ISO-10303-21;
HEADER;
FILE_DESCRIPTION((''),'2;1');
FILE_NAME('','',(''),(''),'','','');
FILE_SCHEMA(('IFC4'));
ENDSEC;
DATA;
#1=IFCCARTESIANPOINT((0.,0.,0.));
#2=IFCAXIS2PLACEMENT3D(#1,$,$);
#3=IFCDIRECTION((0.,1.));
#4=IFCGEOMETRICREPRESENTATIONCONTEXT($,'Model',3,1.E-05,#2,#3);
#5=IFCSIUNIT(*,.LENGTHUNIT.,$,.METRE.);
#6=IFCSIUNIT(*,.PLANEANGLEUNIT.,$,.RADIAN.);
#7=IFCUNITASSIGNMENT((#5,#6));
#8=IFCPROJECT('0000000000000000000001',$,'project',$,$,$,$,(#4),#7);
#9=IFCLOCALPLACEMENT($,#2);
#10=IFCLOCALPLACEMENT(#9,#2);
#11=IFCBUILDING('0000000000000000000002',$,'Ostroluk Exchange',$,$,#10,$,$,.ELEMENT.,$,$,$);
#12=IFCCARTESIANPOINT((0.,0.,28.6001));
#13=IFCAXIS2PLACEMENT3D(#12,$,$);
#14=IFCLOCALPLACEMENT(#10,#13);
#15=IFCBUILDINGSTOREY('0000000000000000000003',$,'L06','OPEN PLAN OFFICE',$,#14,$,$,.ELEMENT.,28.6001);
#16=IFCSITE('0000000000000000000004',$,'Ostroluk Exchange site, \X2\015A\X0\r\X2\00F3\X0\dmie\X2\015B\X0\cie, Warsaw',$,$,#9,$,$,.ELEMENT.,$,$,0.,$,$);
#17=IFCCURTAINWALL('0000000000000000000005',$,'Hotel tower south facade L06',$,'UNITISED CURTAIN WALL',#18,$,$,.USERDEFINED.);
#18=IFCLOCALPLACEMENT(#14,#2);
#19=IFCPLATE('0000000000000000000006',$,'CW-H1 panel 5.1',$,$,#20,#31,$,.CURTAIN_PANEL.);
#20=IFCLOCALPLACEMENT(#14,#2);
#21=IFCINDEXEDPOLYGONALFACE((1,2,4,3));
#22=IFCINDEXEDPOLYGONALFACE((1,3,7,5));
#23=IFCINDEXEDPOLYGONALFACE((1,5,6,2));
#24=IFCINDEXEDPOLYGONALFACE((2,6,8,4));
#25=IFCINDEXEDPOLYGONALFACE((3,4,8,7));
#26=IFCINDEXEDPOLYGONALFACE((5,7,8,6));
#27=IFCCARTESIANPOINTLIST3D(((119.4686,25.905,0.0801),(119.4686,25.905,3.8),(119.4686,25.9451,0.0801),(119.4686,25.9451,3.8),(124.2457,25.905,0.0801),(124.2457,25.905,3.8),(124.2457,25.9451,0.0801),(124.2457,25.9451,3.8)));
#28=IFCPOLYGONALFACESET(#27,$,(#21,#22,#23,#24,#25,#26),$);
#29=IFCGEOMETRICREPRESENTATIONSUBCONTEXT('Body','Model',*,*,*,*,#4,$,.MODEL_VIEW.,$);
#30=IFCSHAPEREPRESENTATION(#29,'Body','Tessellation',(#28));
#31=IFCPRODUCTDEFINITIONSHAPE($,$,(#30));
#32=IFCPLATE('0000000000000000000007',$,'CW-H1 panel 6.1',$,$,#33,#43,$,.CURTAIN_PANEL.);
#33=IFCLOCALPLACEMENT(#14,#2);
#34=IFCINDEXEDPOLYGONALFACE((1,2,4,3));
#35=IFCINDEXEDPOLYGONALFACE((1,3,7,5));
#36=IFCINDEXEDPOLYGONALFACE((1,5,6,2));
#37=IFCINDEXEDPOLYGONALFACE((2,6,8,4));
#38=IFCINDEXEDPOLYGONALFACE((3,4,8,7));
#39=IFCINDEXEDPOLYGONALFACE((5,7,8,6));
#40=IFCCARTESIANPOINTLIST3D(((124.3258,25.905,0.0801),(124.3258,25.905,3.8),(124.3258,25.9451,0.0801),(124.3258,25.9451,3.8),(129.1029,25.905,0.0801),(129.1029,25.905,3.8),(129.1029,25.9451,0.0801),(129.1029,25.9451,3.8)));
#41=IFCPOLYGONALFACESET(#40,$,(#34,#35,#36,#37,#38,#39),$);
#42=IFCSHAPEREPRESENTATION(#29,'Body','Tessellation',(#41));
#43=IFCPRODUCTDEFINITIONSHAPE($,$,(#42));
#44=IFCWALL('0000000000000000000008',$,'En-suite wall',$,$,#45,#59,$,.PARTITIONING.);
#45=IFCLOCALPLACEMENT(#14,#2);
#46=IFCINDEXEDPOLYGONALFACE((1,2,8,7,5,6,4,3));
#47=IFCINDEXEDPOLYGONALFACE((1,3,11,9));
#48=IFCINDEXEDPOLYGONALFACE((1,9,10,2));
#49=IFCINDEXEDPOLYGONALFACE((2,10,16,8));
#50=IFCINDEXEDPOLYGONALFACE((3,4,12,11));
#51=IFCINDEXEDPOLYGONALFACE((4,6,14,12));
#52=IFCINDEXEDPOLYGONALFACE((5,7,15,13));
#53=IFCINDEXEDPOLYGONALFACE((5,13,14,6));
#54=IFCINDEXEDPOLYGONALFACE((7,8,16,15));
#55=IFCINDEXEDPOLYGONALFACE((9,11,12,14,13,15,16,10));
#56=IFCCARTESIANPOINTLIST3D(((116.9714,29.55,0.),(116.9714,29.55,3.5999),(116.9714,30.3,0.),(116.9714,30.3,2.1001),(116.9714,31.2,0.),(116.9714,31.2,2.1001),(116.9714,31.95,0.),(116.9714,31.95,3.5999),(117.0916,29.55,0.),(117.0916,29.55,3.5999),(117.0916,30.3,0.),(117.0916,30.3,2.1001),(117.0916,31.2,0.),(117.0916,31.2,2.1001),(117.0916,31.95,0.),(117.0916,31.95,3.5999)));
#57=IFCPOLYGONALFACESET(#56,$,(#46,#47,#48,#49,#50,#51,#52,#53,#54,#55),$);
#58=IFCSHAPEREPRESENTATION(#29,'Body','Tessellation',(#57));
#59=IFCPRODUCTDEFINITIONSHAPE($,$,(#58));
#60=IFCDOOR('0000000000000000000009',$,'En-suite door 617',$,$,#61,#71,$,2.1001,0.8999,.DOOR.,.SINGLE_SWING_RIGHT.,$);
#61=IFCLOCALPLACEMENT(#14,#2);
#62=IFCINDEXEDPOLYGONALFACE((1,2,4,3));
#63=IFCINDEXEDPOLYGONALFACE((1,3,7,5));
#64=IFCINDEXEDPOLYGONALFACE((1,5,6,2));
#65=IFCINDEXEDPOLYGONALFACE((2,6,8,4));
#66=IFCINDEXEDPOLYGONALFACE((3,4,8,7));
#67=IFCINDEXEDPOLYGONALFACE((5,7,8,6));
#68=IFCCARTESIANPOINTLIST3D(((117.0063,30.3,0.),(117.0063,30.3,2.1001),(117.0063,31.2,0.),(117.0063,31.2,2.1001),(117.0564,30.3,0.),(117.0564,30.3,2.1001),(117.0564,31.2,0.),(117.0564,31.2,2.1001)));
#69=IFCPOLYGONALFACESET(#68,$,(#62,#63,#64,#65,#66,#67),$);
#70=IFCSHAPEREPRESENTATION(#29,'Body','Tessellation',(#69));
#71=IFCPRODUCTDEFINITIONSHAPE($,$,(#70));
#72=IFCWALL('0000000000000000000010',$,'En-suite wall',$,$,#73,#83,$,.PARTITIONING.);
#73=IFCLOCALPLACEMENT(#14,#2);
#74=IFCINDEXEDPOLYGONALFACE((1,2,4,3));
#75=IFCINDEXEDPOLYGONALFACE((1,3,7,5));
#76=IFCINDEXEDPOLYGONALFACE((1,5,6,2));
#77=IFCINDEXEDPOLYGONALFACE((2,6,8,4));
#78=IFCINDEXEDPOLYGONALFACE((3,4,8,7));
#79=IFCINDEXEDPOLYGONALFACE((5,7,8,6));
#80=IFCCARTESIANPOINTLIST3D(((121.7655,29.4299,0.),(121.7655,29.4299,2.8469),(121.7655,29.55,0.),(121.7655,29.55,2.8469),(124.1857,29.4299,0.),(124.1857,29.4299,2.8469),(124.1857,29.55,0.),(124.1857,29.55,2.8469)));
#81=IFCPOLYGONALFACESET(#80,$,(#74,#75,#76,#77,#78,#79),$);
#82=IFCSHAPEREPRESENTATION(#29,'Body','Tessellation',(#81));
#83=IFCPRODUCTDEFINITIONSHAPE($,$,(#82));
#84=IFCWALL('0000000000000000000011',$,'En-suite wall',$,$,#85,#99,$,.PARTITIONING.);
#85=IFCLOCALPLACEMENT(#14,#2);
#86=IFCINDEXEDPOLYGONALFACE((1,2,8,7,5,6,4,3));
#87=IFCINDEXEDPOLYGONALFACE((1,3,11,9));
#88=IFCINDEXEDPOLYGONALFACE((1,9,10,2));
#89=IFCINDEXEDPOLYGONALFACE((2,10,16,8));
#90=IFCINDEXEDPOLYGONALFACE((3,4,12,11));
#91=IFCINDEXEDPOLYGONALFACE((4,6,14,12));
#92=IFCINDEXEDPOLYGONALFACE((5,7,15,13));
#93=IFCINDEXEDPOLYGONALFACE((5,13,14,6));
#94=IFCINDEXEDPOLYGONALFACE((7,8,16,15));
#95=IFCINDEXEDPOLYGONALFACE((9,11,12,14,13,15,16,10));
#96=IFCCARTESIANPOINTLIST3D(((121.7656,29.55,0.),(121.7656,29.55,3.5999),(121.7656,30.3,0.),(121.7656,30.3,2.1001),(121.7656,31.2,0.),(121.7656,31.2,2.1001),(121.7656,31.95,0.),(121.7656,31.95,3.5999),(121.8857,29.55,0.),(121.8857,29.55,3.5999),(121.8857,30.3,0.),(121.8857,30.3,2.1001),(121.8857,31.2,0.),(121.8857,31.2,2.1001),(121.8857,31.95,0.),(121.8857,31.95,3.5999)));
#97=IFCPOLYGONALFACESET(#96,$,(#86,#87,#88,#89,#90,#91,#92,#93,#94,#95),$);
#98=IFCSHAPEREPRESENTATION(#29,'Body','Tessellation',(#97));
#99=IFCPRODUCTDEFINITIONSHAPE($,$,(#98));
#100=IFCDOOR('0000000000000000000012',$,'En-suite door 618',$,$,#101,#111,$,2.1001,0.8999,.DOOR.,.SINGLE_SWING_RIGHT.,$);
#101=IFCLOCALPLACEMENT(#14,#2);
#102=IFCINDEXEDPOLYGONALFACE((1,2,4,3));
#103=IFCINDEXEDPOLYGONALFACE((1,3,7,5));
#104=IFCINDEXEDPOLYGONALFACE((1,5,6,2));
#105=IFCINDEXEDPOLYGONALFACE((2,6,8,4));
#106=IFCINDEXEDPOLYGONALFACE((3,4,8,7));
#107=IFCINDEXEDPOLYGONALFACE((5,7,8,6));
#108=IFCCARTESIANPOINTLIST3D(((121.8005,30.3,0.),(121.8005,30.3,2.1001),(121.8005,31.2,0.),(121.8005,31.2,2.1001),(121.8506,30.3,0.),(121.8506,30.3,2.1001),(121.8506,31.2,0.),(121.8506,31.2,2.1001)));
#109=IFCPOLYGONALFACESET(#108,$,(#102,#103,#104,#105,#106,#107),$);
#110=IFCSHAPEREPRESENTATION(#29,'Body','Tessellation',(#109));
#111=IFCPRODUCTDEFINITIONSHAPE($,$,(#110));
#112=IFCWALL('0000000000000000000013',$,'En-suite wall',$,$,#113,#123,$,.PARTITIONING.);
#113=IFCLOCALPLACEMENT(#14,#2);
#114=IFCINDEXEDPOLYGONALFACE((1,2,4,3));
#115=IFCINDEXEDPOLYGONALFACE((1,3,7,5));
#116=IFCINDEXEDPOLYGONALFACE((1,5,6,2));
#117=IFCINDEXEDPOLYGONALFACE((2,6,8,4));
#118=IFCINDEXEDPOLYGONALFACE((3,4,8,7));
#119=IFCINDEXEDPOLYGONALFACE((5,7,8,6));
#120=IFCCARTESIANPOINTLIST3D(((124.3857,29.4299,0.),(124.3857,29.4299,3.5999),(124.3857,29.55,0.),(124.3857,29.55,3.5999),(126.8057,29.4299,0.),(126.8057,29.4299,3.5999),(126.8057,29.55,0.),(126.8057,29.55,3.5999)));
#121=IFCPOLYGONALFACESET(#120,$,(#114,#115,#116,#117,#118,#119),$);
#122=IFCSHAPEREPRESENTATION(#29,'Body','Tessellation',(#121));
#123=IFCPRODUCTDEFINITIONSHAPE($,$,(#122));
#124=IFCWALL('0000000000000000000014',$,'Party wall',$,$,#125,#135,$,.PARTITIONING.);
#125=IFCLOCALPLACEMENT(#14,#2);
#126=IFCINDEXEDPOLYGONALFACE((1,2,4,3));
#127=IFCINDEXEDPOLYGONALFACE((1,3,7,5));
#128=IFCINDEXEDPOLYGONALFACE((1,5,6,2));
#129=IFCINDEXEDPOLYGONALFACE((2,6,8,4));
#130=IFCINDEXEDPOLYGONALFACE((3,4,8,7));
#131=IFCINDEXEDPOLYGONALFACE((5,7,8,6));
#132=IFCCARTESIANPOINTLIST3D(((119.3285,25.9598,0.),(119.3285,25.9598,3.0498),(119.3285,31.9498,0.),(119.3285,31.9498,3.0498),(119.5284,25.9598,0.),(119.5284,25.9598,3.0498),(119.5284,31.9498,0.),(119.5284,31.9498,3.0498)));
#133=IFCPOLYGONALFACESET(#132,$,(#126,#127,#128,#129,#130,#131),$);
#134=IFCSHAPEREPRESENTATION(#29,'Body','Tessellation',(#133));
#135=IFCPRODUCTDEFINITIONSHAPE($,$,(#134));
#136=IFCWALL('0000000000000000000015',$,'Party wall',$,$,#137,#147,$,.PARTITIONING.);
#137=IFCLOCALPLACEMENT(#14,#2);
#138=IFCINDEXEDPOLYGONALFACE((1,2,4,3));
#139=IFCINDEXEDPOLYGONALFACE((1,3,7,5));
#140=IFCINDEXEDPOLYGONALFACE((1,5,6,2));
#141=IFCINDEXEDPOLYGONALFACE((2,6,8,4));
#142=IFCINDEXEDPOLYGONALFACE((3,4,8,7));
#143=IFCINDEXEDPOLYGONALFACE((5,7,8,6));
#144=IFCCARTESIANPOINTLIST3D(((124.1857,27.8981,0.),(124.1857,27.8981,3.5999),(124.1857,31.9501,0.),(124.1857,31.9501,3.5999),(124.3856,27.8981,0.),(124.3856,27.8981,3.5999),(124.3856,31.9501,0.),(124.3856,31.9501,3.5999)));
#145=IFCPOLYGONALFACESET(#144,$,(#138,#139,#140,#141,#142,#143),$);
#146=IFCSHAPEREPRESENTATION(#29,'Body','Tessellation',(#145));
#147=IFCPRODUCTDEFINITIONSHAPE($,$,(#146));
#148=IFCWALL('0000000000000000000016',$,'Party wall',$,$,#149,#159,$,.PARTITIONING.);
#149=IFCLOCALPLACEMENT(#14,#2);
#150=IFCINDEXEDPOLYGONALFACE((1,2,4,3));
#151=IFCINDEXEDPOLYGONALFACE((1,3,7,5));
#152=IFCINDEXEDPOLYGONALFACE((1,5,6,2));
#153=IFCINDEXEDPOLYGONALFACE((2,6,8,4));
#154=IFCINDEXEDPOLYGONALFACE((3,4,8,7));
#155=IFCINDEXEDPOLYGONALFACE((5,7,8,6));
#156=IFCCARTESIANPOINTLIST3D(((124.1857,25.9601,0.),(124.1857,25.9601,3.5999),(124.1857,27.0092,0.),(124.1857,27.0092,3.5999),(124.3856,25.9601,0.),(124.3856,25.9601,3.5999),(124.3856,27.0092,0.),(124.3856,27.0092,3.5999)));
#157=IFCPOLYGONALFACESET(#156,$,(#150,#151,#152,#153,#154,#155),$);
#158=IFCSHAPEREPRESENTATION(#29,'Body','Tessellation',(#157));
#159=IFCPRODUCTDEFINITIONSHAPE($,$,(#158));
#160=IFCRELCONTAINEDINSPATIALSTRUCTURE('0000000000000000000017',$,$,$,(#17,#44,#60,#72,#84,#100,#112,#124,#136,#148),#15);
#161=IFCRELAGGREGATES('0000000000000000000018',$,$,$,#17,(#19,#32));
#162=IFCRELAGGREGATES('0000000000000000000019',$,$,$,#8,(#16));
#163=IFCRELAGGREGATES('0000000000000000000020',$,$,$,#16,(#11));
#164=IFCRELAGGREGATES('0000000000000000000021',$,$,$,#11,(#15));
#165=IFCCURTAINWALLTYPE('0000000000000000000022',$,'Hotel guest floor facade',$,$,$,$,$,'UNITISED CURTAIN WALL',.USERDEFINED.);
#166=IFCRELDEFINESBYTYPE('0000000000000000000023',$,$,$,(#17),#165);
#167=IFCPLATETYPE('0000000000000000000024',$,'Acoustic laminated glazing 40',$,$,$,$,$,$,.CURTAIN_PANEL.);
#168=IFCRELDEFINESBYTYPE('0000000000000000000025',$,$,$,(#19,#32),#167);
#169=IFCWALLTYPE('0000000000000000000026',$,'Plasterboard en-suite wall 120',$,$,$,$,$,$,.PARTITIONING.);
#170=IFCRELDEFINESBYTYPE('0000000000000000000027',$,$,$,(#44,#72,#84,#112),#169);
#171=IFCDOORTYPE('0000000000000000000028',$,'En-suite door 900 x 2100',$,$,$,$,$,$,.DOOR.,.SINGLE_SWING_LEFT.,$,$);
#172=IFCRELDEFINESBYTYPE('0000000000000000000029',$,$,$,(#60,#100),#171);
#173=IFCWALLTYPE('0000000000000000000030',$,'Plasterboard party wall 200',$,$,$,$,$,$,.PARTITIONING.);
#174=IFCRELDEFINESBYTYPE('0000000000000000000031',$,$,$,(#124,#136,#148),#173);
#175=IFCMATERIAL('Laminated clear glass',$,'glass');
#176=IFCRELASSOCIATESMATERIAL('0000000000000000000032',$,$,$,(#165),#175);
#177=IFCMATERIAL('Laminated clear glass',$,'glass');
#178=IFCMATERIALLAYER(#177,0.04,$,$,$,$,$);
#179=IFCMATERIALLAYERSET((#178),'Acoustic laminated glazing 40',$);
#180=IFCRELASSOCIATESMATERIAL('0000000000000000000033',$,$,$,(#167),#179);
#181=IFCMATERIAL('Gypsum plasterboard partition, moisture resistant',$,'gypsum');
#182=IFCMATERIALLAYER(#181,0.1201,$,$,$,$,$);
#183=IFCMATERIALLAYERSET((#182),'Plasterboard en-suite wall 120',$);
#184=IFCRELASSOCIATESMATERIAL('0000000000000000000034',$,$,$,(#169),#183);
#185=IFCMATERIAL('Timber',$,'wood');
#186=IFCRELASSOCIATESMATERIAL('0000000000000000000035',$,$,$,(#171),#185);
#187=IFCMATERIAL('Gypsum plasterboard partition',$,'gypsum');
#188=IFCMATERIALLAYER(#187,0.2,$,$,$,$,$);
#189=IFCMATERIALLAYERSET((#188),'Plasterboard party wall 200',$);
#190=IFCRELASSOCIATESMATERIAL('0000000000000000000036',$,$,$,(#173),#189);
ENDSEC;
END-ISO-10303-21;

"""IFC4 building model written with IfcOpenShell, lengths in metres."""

from ifc_helpers import new_model, si_unit, direction, frame, frame_2d, origin, origin_2d, place, context, subcontext, project, spatial, rectangle, extrude, material, layer, layer_set, type_object, element, fill, aggregate, save


model = new_model("IFC4")

# Units and contexts
model_context = context("Model", 3, precision=1e-05, world=origin(), true_north=direction((0.0, 1.0)))
body_context = subcontext(model_context, "Body", "Model", "MODEL_VIEW")
ifc_project = project(units=[si_unit("LENGTHUNIT", "METRE"), si_unit("PLANEANGLEUNIT", "RADIAN")], contexts=[model_context])

# Site, building, storey
site_placement = place(None, origin())
site = spatial("IfcSite", under=ifc_project, at=site_placement, Name="Ostroluk Exchange site, Śródmieście, Warsaw", CompositionType="ELEMENT", RefElevation=0.0)
building_placement = place(site_placement, origin())
building = spatial("IfcBuilding", under=site, at=building_placement, Name="Ostroluk Exchange", CompositionType="ELEMENT")
storey_placement = place(building_placement, frame((0.0, 0.0, 28.6001)))
storey = spatial("IfcBuildingStorey", under=building, at=storey_placement, Name="L06", Description="OPEN PLAN OFFICE", CompositionType="ELEMENT", Elevation=28.6001)

# Curtain wall, plates
ifc_material_1 = material(Name="Laminated clear glass", Category="glass")
curtain_wall_type = type_object("IfcCurtainWallType", Name="Hotel guest floor facade", ElementType="UNITISED CURTAIN WALL", PredefinedType="USERDEFINED", material=ifc_material_1)
curtain_wall_placement = place(storey_placement, origin())
curtain_wall = element("IfcCurtainWall", 1, at=curtain_wall_placement, inside=storey, type_object=curtain_wall_type, Name="Hotel tower south facade L06", ObjectType="UNITISED CURTAIN WALL", PredefinedType="USERDEFINED")
ifc_material_2 = material(Name="Laminated clear glass", Category="glass")
ifc_layer_1 = layer(ifc_material_2, 0.04)
ifc_layer_set_1 = layer_set([ifc_layer_1], Name="Acoustic laminated glazing 40")
plate_type = type_object("IfcPlateType", Name="Acoustic laminated glazing 40", PredefinedType="CURTAIN_PANEL", material=ifc_layer_set_1)
plate_1_placement = place(storey_placement, frame((121.8572, 25.925, 0.0801), z_axis=(0.0, 0.0, 1.0), x_axis=(1.0, 0.0, 0.0)))
plate_1 = element("IfcPlate", 2, at=plate_1_placement, type_object=plate_type, Name="CW-H1 panel 5.1", PredefinedType="CURTAIN_PANEL", context=body_context, shape_type="SweptSolid", body=[
    extrude(rectangle(XDim=4.7771, YDim=0.04, at=origin_2d()), origin(), (0.0, 0.0, 1.0), 3.72),
])
plate_2_placement = place(storey_placement, frame((126.7144, 25.925, 0.0801), z_axis=(0.0, 0.0, 1.0), x_axis=(1.0, 0.0, 0.0)))
plate_2 = element("IfcPlate", 3, at=plate_2_placement, type_object=plate_type, Name="CW-H1 panel 6.1", PredefinedType="CURTAIN_PANEL", context=body_context, shape_type="SweptSolid", body=[
    extrude(rectangle(XDim=4.7771, YDim=0.04, at=origin_2d()), origin(), (0.0, 0.0, 1.0), 3.72),
])
aggregate(curtain_wall, [plate_1, plate_2])

# Wall, opening, door
ifc_material_3 = material(Name="Gypsum plasterboard partition, moisture resistant", Category="gypsum")
ifc_layer_2 = layer(ifc_material_3, 0.1201)
ifc_layer_set_2 = layer_set([ifc_layer_2], Name="Plasterboard en-suite wall 120")
wall_type_1 = type_object("IfcWallType", Name="Plasterboard en-suite wall 120", PredefinedType="PARTITIONING", material=ifc_layer_set_2)
wall_1_placement = place(storey_placement, frame((117.0315, 31.95, 0.0), z_axis=(0.0, 0.0, 1.0), x_axis=(0.0, -1.0, 0.0)))
wall_1 = element("IfcWall", 4, at=wall_1_placement, inside=storey, type_object=wall_type_1, Name="En-suite wall", PredefinedType="PARTITIONING", context=body_context, shape_type="SweptSolid", body=[
    extrude(rectangle(XDim=2.3999, YDim=0.1201, at=frame_2d((1.2, 0.0))), origin(), (0.0, 0.0, 1.0), 3.5999),
])
opening_1_placement = place(wall_1_placement, frame((0.75, 0.0, 0.0)))
opening_1 = element("IfcOpeningElement", 5, at=opening_1_placement, cuts=wall_1, PredefinedType="OPENING", context=body_context, shape_type="SweptSolid", body=[
    extrude(rectangle(XDim=0.8999, YDim=2.1001, at=frame_2d((0.45, 1.05))), frame((0.0, 0.0701, 0.0), z_axis=(0.0, -1.0, 0.0), x_axis=(1.0, 0.0, 0.0)), (0.0, 0.0, 1.0), 0.1401),
])
ifc_material_4 = material(Name="Timber", Category="wood")
door_type = type_object("IfcDoorType", Name="En-suite door 900 x 2100", OperationType="SINGLE_SWING_LEFT", PredefinedType="DOOR", material=ifc_material_4)
door_1_placement = place(opening_1_placement, origin())
door_1 = element("IfcDoor", 6, at=door_1_placement, inside=storey, type_object=door_type, Name="En-suite door 617", OperationType="SINGLE_SWING_RIGHT", OverallHeight=2.1001, OverallWidth=0.8999, PredefinedType="DOOR", context=body_context, shape_type="SweptSolid", body=[
    extrude(rectangle(XDim=0.8999, YDim=2.1001, at=frame_2d((0.45, 1.05))), frame((0.0, 0.0249, 0.0), z_axis=(0.0, -1.0, 0.0), x_axis=(1.0, 0.0, 0.0)), (0.0, 0.0, 1.0), 0.05),
])
fill(opening_1, door_1)

# Wall
wall_2_placement = place(storey_placement, frame((121.7656, 29.49, 0.0), z_axis=(0.0, 0.0, 1.0), x_axis=(1.0, 0.0, 0.0)))
element("IfcWall", 7, at=wall_2_placement, inside=storey, type_object=wall_type_1, Name="En-suite wall", PredefinedType="PARTITIONING", context=body_context, shape_type="SweptSolid", body=[
    extrude(rectangle(XDim=2.4202, YDim=0.1201, at=frame_2d((1.21, 0.0))), origin(), (0.0, 0.0, 1.0), 2.8469),
])

# Wall, opening, door
wall_3_placement = place(storey_placement, frame((121.8257, 31.95, 0.0), z_axis=(0.0, 0.0, 1.0), x_axis=(0.0, -1.0, 0.0)))
wall_3 = element("IfcWall", 8, at=wall_3_placement, inside=storey, type_object=wall_type_1, Name="En-suite wall", PredefinedType="PARTITIONING", context=body_context, shape_type="SweptSolid", body=[
    extrude(rectangle(XDim=2.3999, YDim=0.1201, at=frame_2d((1.2, 0.0))), origin(), (0.0, 0.0, 1.0), 3.5999),
])
opening_2_placement = place(wall_3_placement, frame((0.75, 0.0, 0.0)))
opening_2 = element("IfcOpeningElement", 9, at=opening_2_placement, cuts=wall_3, PredefinedType="OPENING", context=body_context, shape_type="SweptSolid", body=[
    extrude(rectangle(XDim=0.8999, YDim=2.1001, at=frame_2d((0.45, 1.05))), frame((0.0, 0.0701, 0.0), z_axis=(0.0, -1.0, 0.0), x_axis=(1.0, 0.0, 0.0)), (0.0, 0.0, 1.0), 0.1401),
])
door_2_placement = place(opening_2_placement, origin())
door_2 = element("IfcDoor", 10, at=door_2_placement, inside=storey, type_object=door_type, Name="En-suite door 618", OperationType="SINGLE_SWING_RIGHT", OverallHeight=2.1001, OverallWidth=0.8999, PredefinedType="DOOR", context=body_context, shape_type="SweptSolid", body=[
    extrude(rectangle(XDim=0.8999, YDim=2.1001, at=frame_2d((0.45, 1.05))), frame((0.0, 0.0249, 0.0), z_axis=(0.0, -1.0, 0.0), x_axis=(1.0, 0.0, 0.0)), (0.0, 0.0, 1.0), 0.05),
])
fill(opening_2, door_2)

# Walls
wall_4_placement = place(storey_placement, frame((124.3857, 29.49, 0.0), z_axis=(0.0, 0.0, 1.0), x_axis=(1.0, 0.0, 0.0)))
element("IfcWall", 11, at=wall_4_placement, inside=storey, type_object=wall_type_1, Name="En-suite wall", PredefinedType="PARTITIONING", context=body_context, shape_type="SweptSolid", body=[
    extrude(rectangle(XDim=2.4199, YDim=0.1201, at=frame_2d((1.21, 0.0))), origin(), (0.0, 0.0, 1.0), 3.5999),
])
ifc_material_5 = material(Name="Gypsum plasterboard partition", Category="gypsum")
ifc_layer_3 = layer(ifc_material_5, 0.2)
ifc_layer_set_3 = layer_set([ifc_layer_3], Name="Plasterboard party wall 200")
wall_type_2 = type_object("IfcWallType", Name="Plasterboard party wall 200", PredefinedType="PARTITIONING", material=ifc_layer_set_3)
wall_5_placement = place(storey_placement, frame((119.4285, 31.95, 0.0), z_axis=(0.0, 0.0, 1.0), x_axis=(0.0, -1.0, 0.0)))
element("IfcWall", 12, at=wall_5_placement, inside=storey, type_object=wall_type_2, Name="Party wall", PredefinedType="PARTITIONING", context=body_context, shape_type="SweptSolid", body=[
    extrude(rectangle(XDim=5.99, YDim=0.2, at=frame_2d((2.9951, 0.0))), origin(), (0.0, 0.0, 1.0), 3.0498),
])
wall_6_placement = place(storey_placement, frame((124.2856, 31.95, 0.0), z_axis=(0.0, 0.0, 1.0), x_axis=(0.0, -1.0, 0.0)))
element("IfcWall", 13, at=wall_6_placement, inside=storey, type_object=wall_type_2, Name="Party wall", PredefinedType="PARTITIONING", context=body_context, shape_type="SweptSolid", body=[
    extrude(rectangle(XDim=4.052, YDim=0.2, at=frame_2d((2.0259, 0.0))), origin(), (0.0, 0.0, 1.0), 3.5999),
])
wall_7_placement = place(storey_placement, frame((124.2856, 27.009, 0.0), z_axis=(0.0, 0.0, 1.0), x_axis=(0.0, -1.0, 0.0)))
element("IfcWall", 14, at=wall_7_placement, inside=storey, type_object=wall_type_2, Name="Party wall", PredefinedType="PARTITIONING", context=body_context, shape_type="SweptSolid", body=[
    extrude(rectangle(XDim=1.0491, YDim=0.2, at=frame_2d((0.5244, 0.0))), origin(), (0.0, 0.0, 1.0), 3.5999),
])

save(model, "model.ifc")
